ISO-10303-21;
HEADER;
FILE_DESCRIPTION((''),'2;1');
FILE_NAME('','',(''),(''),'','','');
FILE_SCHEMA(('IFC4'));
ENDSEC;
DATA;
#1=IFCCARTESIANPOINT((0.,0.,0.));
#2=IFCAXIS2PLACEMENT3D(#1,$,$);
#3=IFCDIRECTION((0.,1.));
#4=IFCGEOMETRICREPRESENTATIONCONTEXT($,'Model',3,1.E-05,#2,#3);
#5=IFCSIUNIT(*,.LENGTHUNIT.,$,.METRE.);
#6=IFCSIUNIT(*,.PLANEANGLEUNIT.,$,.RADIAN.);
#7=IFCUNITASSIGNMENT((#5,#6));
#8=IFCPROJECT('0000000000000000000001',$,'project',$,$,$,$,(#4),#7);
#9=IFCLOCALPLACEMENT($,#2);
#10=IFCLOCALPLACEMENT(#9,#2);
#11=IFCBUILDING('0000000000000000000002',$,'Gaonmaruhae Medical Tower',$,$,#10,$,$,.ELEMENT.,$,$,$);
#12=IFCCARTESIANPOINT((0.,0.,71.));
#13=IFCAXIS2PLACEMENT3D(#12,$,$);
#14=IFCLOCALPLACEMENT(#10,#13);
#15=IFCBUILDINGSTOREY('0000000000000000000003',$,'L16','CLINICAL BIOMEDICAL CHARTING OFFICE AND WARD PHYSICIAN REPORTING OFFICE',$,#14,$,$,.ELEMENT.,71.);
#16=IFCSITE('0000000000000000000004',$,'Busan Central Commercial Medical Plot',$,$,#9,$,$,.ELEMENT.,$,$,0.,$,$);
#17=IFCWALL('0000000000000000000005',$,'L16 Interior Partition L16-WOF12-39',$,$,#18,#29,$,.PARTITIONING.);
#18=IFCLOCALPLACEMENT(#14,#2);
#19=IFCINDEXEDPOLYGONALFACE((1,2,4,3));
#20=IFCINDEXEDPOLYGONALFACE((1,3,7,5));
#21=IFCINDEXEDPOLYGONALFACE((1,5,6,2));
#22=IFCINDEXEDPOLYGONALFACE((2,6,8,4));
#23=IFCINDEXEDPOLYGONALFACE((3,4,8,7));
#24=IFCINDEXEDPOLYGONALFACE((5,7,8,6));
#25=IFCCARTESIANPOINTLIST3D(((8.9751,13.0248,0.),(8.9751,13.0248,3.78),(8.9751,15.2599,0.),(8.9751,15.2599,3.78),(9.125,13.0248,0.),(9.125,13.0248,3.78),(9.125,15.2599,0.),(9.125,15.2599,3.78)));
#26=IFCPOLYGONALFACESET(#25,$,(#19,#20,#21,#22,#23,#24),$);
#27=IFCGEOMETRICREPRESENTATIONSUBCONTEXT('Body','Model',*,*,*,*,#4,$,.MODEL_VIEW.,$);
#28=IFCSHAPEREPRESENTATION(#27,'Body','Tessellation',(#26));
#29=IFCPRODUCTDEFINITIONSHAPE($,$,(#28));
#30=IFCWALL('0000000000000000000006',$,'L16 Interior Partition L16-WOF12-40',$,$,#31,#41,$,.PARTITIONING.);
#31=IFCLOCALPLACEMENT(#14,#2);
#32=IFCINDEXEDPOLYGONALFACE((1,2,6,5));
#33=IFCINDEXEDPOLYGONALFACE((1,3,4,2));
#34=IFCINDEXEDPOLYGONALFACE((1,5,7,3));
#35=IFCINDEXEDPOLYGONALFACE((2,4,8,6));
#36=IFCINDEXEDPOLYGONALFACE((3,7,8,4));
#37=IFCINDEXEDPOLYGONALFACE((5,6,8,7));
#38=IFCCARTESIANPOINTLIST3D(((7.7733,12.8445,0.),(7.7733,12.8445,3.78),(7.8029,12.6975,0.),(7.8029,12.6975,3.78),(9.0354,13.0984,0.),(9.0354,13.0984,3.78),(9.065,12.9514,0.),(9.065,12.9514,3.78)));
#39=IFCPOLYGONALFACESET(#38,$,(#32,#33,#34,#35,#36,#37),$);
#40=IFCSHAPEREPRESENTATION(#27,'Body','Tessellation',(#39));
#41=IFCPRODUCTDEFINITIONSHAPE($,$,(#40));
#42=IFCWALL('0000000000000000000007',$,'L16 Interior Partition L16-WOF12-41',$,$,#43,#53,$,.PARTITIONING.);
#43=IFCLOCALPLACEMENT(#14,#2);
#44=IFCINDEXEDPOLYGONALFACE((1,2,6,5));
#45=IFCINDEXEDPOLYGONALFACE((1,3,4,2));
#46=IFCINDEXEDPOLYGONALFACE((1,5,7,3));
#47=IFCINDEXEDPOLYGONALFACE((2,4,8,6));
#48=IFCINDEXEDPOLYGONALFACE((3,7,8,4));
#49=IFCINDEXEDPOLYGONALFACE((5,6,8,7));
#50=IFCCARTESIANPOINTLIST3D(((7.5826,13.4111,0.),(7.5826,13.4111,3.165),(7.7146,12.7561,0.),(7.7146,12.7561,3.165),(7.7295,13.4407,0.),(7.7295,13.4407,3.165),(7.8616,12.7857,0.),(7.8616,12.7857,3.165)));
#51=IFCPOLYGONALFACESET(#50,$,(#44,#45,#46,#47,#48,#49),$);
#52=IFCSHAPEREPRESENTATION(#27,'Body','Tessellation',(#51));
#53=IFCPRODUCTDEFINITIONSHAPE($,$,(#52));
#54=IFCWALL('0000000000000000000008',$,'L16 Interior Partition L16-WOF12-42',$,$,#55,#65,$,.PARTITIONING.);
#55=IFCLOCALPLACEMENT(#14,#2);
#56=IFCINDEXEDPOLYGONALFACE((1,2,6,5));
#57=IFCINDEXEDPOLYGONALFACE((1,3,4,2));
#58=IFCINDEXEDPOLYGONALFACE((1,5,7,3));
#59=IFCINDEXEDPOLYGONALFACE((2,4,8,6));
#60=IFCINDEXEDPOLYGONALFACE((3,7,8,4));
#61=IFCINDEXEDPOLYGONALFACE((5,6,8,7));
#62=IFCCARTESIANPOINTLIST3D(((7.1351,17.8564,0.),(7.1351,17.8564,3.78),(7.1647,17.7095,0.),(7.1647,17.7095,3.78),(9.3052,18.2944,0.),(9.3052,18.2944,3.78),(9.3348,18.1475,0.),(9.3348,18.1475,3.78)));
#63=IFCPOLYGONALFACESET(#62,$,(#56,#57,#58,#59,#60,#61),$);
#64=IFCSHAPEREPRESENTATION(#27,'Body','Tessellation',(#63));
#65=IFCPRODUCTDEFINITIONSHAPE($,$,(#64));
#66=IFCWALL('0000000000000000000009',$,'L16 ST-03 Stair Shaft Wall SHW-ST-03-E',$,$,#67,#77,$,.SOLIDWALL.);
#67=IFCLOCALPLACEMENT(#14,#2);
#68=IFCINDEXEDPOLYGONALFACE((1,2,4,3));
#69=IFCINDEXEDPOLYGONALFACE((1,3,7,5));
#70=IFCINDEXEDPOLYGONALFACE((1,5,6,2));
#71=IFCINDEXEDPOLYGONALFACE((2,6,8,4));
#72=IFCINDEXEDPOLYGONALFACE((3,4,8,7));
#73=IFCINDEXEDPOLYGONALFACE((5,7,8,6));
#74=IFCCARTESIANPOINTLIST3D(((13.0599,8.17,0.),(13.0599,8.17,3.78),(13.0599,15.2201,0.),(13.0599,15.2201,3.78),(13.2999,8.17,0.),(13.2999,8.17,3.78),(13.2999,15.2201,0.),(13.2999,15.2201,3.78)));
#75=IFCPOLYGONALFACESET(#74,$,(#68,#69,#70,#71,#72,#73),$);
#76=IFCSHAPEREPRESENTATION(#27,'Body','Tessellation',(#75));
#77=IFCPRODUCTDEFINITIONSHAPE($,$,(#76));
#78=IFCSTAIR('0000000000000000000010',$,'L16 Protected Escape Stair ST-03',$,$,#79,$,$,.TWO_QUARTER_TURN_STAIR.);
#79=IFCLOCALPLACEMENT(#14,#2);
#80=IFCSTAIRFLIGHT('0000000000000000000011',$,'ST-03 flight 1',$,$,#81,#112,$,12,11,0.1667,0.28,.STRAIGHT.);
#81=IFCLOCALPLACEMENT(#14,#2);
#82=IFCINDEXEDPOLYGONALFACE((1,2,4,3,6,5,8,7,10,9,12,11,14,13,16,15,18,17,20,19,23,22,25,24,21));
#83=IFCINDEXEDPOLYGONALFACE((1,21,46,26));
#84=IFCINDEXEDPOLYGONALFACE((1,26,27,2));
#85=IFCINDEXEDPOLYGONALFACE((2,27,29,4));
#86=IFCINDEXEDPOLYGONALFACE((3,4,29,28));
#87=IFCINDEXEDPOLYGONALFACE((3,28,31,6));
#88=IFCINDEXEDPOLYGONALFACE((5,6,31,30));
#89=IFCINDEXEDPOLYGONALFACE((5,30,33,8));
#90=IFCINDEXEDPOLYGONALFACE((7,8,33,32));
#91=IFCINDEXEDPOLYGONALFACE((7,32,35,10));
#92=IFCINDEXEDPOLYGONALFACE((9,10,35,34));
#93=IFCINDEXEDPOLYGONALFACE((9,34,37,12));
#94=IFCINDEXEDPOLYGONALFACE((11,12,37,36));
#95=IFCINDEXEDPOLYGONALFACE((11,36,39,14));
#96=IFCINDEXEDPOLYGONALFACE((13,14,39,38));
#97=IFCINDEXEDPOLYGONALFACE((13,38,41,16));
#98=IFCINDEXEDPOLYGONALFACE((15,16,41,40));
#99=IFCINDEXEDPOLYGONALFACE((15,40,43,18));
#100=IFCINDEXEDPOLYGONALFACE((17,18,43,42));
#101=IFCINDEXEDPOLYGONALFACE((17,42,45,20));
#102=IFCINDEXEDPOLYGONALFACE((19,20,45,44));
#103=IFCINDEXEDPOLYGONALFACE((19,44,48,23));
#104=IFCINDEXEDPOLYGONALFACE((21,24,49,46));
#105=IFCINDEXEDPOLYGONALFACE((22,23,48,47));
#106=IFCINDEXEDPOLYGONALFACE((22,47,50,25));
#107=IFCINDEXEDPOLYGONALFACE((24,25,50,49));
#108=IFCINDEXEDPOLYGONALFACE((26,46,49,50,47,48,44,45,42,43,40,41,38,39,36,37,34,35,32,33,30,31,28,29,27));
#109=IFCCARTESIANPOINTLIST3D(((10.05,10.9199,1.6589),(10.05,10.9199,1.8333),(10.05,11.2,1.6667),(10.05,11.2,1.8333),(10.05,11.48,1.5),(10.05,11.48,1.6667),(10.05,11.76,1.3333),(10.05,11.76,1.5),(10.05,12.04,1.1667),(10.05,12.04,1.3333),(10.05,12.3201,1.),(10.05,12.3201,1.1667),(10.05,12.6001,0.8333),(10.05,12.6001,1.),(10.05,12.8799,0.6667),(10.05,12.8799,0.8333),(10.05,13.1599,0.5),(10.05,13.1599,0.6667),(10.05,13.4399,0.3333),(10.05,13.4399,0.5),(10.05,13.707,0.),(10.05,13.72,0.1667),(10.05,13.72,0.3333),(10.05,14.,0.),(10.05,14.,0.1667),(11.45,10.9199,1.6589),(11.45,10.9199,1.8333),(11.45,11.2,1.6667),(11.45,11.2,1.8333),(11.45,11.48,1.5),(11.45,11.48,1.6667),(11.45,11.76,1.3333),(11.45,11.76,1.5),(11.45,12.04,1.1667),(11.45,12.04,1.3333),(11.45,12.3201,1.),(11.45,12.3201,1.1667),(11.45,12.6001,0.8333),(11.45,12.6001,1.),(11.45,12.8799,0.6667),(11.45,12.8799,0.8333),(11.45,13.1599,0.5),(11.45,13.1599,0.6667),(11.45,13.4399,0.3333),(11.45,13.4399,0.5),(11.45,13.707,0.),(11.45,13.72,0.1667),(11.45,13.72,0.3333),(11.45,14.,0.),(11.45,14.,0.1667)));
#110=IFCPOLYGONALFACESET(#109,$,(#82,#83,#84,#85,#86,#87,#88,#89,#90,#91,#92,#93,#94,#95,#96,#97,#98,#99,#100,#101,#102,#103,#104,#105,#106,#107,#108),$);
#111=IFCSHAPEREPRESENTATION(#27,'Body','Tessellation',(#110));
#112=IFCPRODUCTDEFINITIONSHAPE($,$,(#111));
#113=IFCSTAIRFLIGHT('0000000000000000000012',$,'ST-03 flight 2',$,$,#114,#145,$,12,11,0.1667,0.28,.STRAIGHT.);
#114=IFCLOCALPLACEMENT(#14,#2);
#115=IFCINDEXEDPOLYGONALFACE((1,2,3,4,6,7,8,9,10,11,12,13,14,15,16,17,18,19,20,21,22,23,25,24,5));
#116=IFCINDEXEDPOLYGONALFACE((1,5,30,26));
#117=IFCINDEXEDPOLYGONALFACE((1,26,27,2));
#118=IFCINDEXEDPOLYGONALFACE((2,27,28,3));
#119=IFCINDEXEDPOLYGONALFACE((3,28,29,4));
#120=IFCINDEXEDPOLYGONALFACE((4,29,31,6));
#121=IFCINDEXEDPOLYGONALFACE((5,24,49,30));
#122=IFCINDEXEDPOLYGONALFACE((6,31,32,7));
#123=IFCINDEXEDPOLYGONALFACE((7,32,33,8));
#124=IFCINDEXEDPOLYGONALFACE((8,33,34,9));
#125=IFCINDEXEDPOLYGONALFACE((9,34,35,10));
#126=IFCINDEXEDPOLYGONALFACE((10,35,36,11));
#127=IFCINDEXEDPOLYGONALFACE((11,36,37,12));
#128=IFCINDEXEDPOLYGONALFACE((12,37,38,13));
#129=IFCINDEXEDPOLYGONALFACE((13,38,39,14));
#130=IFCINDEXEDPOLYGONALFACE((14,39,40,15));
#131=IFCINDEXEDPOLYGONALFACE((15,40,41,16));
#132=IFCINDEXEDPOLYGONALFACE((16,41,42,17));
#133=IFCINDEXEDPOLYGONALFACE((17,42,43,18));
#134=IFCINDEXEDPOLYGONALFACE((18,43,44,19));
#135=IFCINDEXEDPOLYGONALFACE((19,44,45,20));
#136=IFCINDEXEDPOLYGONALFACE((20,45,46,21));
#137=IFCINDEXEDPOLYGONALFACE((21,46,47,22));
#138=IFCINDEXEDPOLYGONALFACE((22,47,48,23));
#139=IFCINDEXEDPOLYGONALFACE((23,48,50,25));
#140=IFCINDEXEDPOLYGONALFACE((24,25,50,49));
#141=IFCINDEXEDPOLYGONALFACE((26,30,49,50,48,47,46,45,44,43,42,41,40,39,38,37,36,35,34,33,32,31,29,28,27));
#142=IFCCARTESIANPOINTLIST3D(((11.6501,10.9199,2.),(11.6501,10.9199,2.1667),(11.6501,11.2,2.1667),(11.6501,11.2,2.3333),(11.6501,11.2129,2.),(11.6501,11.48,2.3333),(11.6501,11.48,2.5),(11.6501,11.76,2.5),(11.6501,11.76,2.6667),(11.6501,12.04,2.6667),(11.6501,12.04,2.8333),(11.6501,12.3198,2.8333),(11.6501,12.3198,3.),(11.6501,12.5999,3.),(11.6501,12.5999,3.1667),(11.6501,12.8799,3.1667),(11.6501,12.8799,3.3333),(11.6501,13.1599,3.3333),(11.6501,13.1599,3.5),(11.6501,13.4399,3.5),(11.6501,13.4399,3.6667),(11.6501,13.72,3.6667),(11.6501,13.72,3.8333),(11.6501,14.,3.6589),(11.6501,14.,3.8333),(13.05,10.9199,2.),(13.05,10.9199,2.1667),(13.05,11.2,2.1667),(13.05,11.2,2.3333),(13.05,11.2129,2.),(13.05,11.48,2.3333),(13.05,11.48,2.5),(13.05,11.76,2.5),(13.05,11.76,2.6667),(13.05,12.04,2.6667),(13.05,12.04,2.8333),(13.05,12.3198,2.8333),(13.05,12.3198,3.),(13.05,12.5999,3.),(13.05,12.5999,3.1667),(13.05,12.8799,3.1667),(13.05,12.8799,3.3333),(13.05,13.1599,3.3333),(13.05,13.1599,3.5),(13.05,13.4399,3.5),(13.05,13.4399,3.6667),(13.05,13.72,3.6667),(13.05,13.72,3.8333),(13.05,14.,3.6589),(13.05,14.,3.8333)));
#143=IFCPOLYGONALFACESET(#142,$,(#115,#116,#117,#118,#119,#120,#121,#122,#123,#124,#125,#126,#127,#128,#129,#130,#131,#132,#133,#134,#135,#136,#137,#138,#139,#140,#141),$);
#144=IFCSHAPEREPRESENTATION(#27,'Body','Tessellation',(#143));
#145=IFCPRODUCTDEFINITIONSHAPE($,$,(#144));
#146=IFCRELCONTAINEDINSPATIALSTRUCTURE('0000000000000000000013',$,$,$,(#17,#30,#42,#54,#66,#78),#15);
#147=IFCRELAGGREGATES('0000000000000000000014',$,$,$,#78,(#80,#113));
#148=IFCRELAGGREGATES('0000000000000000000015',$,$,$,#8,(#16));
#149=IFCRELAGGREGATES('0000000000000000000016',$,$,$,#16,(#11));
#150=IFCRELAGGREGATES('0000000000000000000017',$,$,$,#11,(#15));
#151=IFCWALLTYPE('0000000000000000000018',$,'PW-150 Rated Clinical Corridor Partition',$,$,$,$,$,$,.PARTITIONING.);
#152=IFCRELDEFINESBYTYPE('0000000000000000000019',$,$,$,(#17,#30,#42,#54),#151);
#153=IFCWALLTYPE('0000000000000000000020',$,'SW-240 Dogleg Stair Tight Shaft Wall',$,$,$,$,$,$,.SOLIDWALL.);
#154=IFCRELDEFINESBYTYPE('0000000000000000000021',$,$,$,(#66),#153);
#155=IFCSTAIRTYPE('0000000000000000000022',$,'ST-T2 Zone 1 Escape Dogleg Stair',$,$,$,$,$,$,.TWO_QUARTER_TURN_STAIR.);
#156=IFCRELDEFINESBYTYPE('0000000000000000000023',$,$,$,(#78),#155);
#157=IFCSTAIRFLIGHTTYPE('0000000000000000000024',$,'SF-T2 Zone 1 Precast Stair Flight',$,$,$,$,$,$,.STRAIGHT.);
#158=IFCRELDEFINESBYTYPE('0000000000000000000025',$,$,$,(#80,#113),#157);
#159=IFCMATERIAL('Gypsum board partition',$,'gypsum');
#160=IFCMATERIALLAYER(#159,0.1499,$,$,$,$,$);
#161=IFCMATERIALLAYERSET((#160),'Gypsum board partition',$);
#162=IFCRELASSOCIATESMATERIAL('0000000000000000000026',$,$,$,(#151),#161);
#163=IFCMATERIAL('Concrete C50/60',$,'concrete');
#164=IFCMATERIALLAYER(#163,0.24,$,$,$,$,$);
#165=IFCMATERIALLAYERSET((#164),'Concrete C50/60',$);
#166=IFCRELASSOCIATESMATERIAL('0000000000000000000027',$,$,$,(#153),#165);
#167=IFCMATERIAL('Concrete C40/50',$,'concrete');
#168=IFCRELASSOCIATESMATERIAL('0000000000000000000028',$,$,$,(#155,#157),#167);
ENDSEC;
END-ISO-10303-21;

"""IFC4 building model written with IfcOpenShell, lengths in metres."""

from ifc_helpers import new_model, si_unit, direction, frame, frame_2d, origin, place, context, subcontext, project, spatial, polyline, rectangle, outline, extrude, material, layer, layer_set, type_object, element, aggregate, save


model = new_model("IFC4")

# Units and contexts
model_context = context("Model", 3, precision=1e-05, world=origin(), true_north=direction((0.0, 1.0)))
body_context = subcontext(model_context, "Body", "Model", "MODEL_VIEW")
ifc_project = project(units=[si_unit("LENGTHUNIT", "METRE"), si_unit("PLANEANGLEUNIT", "RADIAN")], contexts=[model_context])

# Site, building, storey
site_placement = place(None, origin())
site = spatial("IfcSite", under=ifc_project, at=site_placement, Name="Busan Central Commercial Medical Plot", CompositionType="ELEMENT", RefElevation=0.0)
building_placement = place(site_placement, origin())
building = spatial("IfcBuilding", under=site, at=building_placement, Name="Gaonmaruhae Medical Tower", CompositionType="ELEMENT")
storey_placement = place(building_placement, frame((0.0, 0.0, 71.0)))
storey = spatial("IfcBuildingStorey", under=building, at=storey_placement, Name="L16", Description="CLINICAL BIOMEDICAL CHARTING OFFICE AND WARD PHYSICIAN REPORTING OFFICE", CompositionType="ELEMENT", Elevation=71.0)

# Walls
ifc_material_1 = material(Name="Gypsum board partition", Category="gypsum")
ifc_layer_1 = layer(ifc_material_1, 0.1499)
ifc_layer_set_1 = layer_set([ifc_layer_1], Name="Gypsum board partition")
wall_type_1 = type_object("IfcWallType", Name="PW-150 Rated Clinical Corridor Partition", PredefinedType="PARTITIONING", material=ifc_layer_set_1)
wall_1_placement = place(storey_placement, frame((9.05, 15.26, 0.0), z_axis=(0.0, 0.0, 1.0), x_axis=(0.0, -1.0, 0.0)))
element("IfcWall", 1, at=wall_1_placement, inside=storey, type_object=wall_type_1, Name="L16 Interior Partition L16-WOF12-39", PredefinedType="PARTITIONING", context=body_context, shape_type="SweptSolid", body=[
    extrude(rectangle(XDim=2.2351, YDim=0.1499, at=frame_2d((1.1177, 0.0))), origin(), (0.0, 0.0, 1.0), 3.78),
])
wall_2_placement = place(storey_placement, frame((9.05, 13.0249, 0.0), z_axis=(0.0, 0.0, 1.0), x_axis=(-0.980354, -0.197247, 0.0)))
element("IfcWall", 2, at=wall_2_placement, inside=storey, type_object=wall_type_1, Name="L16 Interior Partition L16-WOF12-40", PredefinedType="PARTITIONING", context=body_context, shape_type="SweptSolid", body=[
    extrude(rectangle(XDim=1.2874, YDim=0.1499, at=frame_2d((0.6436, 0.0))), origin(), (0.0, 0.0, 1.0), 3.78),
])
wall_3_placement = place(storey_placement, frame((7.7881, 12.771, 0.0), z_axis=(0.0, 0.0, 1.0), x_axis=(-0.197662, 0.98027, 0.0)))
element("IfcWall", 3, at=wall_3_placement, inside=storey, type_object=wall_type_1, Name="L16 Interior Partition L16-WOF12-41", PredefinedType="PARTITIONING", context=body_context, shape_type="SweptSolid", body=[
    extrude(rectangle(XDim=0.6682, YDim=0.1499, at=frame_2d((0.334, 0.0))), origin(), (0.0, 0.0, 1.0), 3.165),
])
wall_4_placement = place(storey_placement, frame((7.1499, 17.783, 0.0), z_axis=(0.0, 0.0, 1.0), x_axis=(0.980236, 0.197834, 0.0)))
element("IfcWall", 4, at=wall_4_placement, inside=storey, type_object=wall_type_1, Name="L16 Interior Partition L16-WOF12-42", PredefinedType="PARTITIONING", context=body_context, shape_type="SweptSolid", body=[
    extrude(rectangle(XDim=2.2139, YDim=0.1499, at=frame_2d((1.1069, 0.0))), origin(), (0.0, 0.0, 1.0), 3.78),
])

# Shared definitions
ifc_material_2 = material(Name="Concrete C50/60", Category="concrete")
ifc_layer_2 = layer(ifc_material_2, 0.24)
ifc_layer_set_2 = layer_set([ifc_layer_2], Name="Concrete C50/60")
wall_type_2 = type_object("IfcWallType", Name="SW-240 Dogleg Stair Tight Shaft Wall", PredefinedType="SOLIDWALL", material=ifc_layer_set_2)

# Wall
wall_5_placement = place(storey_placement, frame((13.1799, 15.22, 0.0), z_axis=(0.0, 0.0, 1.0), x_axis=(0.0, -1.0, 0.0)))
element("IfcWall", 5, at=wall_5_placement, inside=storey, type_object=wall_type_2, Name="L16 ST-03 Stair Shaft Wall SHW-ST-03-E", PredefinedType="SOLIDWALL", context=body_context, shape_type="SweptSolid", body=[
    extrude(rectangle(XDim=7.05, YDim=0.24, at=frame_2d((3.5249, 0.0))), origin(), (0.0, 0.0, 1.0), 3.78),
])

# Stair, stair flights
ifc_material_3 = material(Name="Concrete C40/50", Category="concrete")
stair_type = type_object("IfcStairType", Name="ST-T2 Zone 1 Escape Dogleg Stair", PredefinedType="TWO_QUARTER_TURN_STAIR", material=ifc_material_3)
stair_placement = place(storey_placement, origin())
stair = element("IfcStair", 6, at=stair_placement, inside=storey, type_object=stair_type, Name="L16 Protected Escape Stair ST-03", PredefinedType="TWO_QUARTER_TURN_STAIR")
stair_flight_type = type_object("IfcStairFlightType", Name="SF-T2 Zone 1 Precast Stair Flight", PredefinedType="STRAIGHT", material=ifc_material_3)
stair_flight_1_placement = place(storey_placement, frame((10.75, 14.0, 0.0), z_axis=(0.0, 0.0, 1.0), x_axis=(0.0, -1.0, 0.0)))
stair_flight_1 = element("IfcStairFlight", 7, at=stair_flight_1_placement, type_object=stair_flight_type, Name="ST-03 flight 1", NumberOfRisers=12, NumberOfTreads=11, PredefinedType="STRAIGHT", RiserHeight=0.1667, TreadLength=0.28, context=body_context, shape_type="SweptSolid", body=[
    extrude(outline(polyline([(0.0, 0.0), (0.0, 0.1667), (0.28, 0.1667), (0.28, 0.3333), (0.5601, 0.3333), (0.5601, 0.5), (0.8401, 0.5), (0.8401, 0.6667), (1.1201, 0.6667), (1.1201, 0.8333), (1.3999, 0.8333), (1.3999, 1.0), (1.6799, 1.0), (1.6799, 1.1667), (1.96, 1.1667), (1.96, 1.3333), (2.24, 1.3333), (2.24, 1.5), (2.52, 1.5), (2.52, 1.6667), (2.8, 1.6667), (2.8, 1.8333), (3.0801, 1.8333), (3.0801, 2.0), (3.0801, 1.6589), (0.293, 0.0), (0.0, 0.0)])), frame((0.0, 0.7, 0.0), z_axis=(0.0, -1.0, 0.0), x_axis=(1.0, 0.0, 0.0)), (0.0, 0.0, 1.0), 1.3999),
])
stair_flight_2_placement = place(storey_placement, frame((12.3501, 10.9199, 2.0), z_axis=(0.0, 0.0, 1.0), x_axis=(0.0, 1.0, 0.0)))
stair_flight_2 = element("IfcStairFlight", 8, at=stair_flight_2_placement, type_object=stair_flight_type, Name="ST-03 flight 2", NumberOfRisers=12, NumberOfTreads=11, PredefinedType="STRAIGHT", RiserHeight=0.1667, TreadLength=0.28, context=body_context, shape_type="SweptSolid", body=[
    extrude(outline(polyline([(0.0, 0.0), (0.0, 0.1667), (0.28, 0.1667), (0.28, 0.3333), (0.5601, 0.3333), (0.5601, 0.5), (0.8401, 0.5), (0.8401, 0.6667), (1.1201, 0.6667), (1.1201, 0.8333), (1.3999, 0.8333), (1.3999, 1.0), (1.6799, 1.0), (1.6799, 1.1667), (1.96, 1.1667), (1.96, 1.3333), (2.24, 1.3333), (2.24, 1.5), (2.52, 1.5), (2.52, 1.6667), (2.8, 1.6667), (2.8, 1.8333), (3.0801, 1.8333), (3.0801, 2.0), (3.0801, 1.6589), (0.293, 0.0), (0.0, 0.0)])), frame((0.0, 0.7, 0.0), z_axis=(0.0, -1.0, 0.0), x_axis=(1.0, 0.0, 0.0)), (0.0, 0.0, 1.0), 1.3999),
])
aggregate(stair, [stair_flight_1, stair_flight_2])

save(model, "model.ifc")
